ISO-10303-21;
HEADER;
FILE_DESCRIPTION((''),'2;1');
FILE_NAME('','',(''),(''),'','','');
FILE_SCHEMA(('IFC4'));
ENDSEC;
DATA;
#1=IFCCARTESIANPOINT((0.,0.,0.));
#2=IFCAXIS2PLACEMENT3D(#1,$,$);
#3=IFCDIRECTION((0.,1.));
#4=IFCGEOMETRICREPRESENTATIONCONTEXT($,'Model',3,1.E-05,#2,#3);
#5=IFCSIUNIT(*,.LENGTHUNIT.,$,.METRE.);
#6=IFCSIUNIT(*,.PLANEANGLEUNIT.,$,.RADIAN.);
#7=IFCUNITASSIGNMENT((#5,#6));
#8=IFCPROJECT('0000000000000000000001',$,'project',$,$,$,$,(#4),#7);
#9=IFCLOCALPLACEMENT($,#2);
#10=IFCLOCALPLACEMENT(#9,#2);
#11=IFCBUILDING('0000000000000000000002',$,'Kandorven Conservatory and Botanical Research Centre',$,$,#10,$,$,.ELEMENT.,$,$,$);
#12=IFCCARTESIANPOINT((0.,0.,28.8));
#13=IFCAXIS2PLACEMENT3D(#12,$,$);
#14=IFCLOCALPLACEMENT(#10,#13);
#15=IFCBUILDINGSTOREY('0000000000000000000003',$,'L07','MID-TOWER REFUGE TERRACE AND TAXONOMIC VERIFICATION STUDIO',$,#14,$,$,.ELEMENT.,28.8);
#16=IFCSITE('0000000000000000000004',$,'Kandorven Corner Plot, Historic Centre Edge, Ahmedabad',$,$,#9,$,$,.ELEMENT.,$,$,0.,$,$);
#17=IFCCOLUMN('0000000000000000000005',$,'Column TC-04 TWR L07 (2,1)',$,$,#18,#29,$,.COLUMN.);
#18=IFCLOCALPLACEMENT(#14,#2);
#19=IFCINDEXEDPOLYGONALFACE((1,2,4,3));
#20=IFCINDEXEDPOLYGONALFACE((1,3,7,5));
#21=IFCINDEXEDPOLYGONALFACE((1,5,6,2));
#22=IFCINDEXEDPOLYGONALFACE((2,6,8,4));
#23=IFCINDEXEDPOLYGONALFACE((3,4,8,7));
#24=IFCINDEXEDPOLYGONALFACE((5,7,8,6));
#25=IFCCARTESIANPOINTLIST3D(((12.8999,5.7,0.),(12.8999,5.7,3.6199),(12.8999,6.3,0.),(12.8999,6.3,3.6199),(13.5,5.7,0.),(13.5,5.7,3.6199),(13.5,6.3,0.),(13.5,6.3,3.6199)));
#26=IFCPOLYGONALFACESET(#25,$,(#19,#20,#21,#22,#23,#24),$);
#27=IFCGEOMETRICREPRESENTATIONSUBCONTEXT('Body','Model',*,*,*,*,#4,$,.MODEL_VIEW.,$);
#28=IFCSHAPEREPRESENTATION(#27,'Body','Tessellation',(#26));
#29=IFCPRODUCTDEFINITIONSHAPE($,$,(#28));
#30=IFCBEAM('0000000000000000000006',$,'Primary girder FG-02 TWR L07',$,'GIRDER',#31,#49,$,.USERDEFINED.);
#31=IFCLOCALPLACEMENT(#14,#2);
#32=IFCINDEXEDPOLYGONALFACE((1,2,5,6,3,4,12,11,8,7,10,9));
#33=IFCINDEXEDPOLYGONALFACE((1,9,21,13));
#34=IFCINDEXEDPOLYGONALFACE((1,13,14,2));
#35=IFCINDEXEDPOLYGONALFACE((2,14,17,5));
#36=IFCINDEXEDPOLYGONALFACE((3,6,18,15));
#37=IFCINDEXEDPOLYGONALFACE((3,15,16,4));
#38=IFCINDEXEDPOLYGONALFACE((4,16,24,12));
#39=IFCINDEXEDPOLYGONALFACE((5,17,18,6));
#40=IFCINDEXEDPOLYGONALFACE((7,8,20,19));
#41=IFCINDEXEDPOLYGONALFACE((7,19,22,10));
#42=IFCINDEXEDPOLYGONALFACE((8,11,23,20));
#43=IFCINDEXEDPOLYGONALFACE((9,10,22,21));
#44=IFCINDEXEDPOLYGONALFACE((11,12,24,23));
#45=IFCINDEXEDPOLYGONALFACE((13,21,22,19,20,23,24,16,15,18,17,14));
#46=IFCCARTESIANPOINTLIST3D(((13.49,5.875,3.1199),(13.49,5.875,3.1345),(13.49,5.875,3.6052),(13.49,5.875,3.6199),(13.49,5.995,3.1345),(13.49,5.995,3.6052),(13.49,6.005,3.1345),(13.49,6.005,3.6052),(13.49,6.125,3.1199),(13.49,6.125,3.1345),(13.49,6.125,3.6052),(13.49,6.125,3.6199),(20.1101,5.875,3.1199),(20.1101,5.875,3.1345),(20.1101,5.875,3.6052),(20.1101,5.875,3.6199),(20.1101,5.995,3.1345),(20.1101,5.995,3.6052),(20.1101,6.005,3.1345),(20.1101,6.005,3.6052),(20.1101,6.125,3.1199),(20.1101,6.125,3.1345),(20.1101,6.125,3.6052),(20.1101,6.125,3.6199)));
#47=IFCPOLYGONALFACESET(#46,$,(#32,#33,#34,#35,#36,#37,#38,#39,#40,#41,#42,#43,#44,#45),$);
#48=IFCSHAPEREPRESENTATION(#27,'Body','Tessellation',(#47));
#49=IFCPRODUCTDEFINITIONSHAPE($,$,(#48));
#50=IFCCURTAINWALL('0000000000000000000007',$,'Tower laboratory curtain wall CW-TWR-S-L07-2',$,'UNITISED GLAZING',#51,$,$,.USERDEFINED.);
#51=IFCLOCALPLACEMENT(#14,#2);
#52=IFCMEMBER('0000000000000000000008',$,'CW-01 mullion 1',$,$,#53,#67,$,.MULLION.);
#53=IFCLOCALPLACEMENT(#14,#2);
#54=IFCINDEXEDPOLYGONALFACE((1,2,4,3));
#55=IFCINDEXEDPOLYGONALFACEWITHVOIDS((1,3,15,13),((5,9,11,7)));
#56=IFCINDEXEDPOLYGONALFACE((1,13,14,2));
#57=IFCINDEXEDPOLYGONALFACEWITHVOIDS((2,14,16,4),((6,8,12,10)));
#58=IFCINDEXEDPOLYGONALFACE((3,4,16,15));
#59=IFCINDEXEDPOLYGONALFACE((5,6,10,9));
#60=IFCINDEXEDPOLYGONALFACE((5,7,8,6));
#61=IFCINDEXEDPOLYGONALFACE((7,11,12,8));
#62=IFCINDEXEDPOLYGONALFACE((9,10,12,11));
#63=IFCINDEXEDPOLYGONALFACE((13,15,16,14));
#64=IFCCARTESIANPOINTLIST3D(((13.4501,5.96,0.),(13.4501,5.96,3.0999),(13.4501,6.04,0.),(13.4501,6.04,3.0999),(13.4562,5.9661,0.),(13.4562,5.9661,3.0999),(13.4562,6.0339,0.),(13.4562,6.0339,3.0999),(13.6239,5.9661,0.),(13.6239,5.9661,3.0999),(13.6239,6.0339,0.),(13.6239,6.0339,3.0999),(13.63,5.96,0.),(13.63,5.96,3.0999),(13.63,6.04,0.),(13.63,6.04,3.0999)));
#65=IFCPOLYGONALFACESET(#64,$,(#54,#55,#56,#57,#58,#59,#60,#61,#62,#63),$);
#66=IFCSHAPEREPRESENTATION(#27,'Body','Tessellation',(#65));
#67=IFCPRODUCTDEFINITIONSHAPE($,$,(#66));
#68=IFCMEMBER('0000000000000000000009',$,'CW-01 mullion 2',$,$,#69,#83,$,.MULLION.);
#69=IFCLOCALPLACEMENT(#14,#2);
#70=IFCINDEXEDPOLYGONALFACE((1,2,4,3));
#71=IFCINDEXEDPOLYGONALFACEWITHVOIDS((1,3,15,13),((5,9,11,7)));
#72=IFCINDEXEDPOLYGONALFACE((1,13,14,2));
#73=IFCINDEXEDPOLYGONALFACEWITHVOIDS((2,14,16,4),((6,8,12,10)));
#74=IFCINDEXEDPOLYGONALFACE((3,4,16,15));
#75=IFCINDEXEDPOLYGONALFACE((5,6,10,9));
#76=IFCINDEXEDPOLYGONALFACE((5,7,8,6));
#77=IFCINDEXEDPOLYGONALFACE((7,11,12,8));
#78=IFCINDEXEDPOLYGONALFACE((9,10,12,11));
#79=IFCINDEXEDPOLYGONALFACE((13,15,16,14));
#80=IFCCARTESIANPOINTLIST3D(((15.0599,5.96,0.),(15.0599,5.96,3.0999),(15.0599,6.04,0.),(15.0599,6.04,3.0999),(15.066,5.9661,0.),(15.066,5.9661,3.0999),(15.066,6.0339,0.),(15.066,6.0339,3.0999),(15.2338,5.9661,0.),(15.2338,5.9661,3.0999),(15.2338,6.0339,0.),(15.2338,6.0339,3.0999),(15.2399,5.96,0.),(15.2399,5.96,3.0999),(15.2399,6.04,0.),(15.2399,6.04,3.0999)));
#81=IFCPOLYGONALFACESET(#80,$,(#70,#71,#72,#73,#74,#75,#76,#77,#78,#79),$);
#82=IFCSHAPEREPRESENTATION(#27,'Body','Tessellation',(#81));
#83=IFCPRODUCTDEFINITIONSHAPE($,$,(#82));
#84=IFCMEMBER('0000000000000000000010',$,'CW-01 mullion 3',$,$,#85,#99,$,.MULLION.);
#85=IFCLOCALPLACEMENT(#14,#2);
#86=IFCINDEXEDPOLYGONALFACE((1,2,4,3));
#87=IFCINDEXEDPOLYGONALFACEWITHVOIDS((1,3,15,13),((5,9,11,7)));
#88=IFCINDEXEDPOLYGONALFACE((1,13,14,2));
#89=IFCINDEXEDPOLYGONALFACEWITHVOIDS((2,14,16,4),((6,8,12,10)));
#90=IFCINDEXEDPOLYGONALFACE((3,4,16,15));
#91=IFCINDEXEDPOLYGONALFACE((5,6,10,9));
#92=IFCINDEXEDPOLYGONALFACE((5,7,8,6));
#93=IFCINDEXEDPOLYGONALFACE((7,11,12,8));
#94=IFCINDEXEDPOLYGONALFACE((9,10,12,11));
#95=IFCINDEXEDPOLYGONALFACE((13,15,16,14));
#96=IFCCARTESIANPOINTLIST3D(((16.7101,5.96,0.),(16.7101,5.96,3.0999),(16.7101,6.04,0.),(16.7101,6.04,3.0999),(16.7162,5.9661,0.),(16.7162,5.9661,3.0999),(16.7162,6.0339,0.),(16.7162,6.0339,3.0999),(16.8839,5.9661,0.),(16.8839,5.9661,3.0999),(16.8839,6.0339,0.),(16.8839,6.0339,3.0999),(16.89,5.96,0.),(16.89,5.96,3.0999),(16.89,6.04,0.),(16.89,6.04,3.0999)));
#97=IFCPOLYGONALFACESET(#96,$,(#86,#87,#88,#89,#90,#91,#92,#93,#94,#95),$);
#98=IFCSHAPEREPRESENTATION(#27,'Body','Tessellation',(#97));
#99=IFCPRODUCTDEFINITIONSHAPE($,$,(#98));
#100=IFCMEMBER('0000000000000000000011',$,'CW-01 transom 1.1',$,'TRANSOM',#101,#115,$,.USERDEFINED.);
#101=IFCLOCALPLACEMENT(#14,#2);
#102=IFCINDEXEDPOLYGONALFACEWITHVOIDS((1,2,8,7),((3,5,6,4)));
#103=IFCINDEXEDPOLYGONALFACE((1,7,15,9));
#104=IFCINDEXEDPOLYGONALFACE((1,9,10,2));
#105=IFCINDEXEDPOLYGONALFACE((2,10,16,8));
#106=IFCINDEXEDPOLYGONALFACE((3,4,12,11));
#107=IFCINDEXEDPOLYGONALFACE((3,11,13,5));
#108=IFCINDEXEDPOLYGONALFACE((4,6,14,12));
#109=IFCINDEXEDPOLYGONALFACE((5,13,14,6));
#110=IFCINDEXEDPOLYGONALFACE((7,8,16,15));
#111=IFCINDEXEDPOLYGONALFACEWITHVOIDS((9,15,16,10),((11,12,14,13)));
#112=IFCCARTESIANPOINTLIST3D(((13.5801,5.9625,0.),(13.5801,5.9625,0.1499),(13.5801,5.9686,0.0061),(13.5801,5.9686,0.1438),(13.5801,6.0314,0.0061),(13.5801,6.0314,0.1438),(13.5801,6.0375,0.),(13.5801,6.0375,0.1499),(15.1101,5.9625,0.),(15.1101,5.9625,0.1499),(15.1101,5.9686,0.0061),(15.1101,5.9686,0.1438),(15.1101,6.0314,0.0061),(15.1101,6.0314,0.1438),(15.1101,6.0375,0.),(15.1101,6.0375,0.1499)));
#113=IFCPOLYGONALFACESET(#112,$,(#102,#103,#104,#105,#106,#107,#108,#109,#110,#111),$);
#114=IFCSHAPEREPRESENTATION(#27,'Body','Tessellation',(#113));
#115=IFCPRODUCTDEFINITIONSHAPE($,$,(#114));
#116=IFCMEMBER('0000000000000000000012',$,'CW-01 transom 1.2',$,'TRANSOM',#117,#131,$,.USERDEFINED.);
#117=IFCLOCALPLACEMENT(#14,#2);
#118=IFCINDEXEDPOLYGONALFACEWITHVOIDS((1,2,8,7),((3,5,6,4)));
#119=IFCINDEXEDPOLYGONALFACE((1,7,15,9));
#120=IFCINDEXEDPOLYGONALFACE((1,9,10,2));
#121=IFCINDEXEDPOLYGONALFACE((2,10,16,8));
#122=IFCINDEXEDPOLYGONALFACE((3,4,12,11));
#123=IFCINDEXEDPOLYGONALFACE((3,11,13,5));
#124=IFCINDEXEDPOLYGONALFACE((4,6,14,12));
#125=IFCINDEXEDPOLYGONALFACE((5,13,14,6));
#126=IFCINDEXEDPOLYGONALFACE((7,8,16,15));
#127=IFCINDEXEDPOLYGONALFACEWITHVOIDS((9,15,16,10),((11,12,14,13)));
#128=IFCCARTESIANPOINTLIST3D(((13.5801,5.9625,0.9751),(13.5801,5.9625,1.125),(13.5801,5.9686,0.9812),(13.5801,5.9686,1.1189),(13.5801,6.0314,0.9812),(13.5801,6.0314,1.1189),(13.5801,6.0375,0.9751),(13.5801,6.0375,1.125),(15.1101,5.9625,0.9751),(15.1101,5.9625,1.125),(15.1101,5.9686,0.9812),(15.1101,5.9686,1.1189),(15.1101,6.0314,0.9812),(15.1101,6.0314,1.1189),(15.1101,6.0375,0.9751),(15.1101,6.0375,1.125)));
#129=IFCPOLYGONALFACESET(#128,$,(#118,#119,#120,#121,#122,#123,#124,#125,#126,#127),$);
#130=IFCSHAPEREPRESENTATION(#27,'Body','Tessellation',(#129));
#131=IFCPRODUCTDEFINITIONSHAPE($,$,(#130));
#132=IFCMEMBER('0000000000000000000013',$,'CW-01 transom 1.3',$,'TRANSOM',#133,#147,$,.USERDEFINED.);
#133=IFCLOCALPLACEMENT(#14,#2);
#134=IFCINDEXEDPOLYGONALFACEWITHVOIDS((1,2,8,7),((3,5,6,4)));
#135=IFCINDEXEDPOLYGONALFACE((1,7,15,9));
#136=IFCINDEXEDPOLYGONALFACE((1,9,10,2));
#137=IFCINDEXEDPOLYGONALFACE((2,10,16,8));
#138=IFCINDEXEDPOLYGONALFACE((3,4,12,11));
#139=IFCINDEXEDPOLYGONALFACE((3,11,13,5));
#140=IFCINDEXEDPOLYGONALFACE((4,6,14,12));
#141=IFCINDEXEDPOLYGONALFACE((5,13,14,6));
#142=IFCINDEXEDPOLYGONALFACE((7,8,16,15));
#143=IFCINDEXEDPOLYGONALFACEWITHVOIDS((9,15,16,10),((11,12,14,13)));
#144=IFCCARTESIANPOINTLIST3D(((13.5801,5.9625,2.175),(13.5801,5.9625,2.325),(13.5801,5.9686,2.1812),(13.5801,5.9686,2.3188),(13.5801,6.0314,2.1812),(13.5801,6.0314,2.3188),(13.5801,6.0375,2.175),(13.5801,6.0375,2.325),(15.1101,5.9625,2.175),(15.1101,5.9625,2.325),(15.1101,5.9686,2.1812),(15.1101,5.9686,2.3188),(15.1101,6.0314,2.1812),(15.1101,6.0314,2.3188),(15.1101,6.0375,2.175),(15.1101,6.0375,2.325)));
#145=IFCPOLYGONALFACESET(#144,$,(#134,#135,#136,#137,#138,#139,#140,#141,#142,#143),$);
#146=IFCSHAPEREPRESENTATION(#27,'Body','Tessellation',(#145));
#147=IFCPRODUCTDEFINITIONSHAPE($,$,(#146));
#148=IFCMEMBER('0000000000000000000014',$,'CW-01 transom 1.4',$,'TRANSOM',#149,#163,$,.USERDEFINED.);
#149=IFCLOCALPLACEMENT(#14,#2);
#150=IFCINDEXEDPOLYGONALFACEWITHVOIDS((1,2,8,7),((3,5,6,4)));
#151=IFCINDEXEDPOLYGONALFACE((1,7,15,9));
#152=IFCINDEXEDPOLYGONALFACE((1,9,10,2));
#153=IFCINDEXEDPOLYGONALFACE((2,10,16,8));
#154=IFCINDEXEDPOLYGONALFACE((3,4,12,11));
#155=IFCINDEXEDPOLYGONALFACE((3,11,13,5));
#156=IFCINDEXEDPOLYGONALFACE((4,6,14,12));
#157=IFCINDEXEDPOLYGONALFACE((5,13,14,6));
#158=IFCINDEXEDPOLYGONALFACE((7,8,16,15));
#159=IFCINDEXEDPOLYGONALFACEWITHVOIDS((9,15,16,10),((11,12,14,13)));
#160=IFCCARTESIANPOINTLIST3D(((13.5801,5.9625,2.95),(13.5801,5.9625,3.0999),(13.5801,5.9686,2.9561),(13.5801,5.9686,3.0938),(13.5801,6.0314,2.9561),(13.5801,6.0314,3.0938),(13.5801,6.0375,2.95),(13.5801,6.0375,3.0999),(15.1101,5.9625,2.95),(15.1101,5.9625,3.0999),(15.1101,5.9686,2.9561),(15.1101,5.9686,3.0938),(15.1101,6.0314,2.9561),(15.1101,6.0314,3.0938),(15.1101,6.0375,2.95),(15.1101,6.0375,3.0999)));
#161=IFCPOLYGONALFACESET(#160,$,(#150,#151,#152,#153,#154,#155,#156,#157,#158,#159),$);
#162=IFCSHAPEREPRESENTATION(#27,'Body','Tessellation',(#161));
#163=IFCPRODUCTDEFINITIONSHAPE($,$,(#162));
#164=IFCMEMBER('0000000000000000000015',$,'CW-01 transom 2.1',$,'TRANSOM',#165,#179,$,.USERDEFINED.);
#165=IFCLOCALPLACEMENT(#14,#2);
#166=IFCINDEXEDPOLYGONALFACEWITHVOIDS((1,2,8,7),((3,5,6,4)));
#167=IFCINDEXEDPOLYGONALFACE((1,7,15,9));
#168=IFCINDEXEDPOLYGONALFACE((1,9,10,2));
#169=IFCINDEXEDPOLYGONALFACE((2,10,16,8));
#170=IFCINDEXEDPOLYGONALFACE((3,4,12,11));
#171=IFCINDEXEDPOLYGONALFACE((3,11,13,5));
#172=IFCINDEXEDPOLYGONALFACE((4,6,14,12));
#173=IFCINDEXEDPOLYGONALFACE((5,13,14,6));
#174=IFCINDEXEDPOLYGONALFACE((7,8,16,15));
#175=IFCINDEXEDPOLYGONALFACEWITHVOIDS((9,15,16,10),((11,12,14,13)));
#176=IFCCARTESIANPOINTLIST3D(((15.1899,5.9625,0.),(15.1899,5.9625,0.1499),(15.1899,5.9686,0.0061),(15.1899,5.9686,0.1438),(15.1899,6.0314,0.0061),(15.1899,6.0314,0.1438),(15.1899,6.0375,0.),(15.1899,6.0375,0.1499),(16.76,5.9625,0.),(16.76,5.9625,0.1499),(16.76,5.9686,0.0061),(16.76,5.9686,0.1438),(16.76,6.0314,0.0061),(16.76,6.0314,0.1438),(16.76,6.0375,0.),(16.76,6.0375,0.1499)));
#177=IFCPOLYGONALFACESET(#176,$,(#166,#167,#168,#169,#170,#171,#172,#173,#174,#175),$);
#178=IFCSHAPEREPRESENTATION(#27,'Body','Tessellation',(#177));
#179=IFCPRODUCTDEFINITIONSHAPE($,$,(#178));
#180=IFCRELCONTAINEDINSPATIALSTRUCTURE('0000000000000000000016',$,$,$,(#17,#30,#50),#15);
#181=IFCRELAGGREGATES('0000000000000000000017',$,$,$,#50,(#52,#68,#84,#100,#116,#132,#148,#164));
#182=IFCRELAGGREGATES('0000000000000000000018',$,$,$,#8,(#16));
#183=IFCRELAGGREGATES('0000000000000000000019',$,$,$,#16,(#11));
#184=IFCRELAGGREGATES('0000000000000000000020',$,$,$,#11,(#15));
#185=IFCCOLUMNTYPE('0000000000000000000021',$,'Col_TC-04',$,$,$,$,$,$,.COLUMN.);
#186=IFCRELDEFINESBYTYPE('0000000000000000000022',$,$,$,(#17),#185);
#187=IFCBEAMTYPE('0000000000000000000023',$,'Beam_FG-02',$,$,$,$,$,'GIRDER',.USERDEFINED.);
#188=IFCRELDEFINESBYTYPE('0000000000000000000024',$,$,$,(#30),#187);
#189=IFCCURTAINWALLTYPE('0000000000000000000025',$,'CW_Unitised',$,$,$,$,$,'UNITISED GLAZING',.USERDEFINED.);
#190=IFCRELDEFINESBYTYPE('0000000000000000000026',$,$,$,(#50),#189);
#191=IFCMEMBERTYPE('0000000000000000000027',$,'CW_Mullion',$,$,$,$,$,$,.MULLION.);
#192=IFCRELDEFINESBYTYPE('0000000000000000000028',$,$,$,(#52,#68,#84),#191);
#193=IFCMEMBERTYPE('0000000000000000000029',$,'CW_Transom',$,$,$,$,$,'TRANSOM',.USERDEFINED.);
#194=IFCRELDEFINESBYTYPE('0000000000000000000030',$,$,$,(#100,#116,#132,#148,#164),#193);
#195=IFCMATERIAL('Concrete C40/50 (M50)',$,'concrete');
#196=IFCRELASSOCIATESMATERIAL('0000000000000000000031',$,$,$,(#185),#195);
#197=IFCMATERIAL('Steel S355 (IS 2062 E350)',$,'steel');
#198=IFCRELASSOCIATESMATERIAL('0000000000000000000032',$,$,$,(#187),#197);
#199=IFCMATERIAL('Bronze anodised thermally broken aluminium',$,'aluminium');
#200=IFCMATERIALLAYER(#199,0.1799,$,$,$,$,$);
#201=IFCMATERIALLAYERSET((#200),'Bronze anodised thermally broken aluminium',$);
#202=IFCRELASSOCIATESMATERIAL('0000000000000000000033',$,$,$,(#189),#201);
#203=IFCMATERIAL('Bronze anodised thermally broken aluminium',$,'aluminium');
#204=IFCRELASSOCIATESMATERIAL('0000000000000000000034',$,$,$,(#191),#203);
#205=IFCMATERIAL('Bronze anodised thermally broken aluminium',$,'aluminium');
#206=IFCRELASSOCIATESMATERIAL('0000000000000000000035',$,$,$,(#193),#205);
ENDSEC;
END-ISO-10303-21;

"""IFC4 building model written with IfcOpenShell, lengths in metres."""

from ifc_helpers import new_model, si_unit, direction, frame, origin, origin_2d, place, context, subcontext, project, spatial, rectangle, hollow_rectangle, i_section, extrude, material, layer, layer_set, material_profile, profile_set, type_object, element, aggregate, save


model = new_model("IFC4")

# Units and contexts
model_context = context("Model", 3, precision=1e-05, world=origin(), true_north=direction((0.0, 1.0)))
body_context = subcontext(model_context, "Body", "Model", "MODEL_VIEW")
ifc_project = project(units=[si_unit("LENGTHUNIT", "METRE"), si_unit("PLANEANGLEUNIT", "RADIAN")], contexts=[model_context])

# Site, building, storey
site_placement = place(None, origin())
site = spatial("IfcSite", under=ifc_project, at=site_placement, Name="Kandorven Corner Plot, Historic Centre Edge, Ahmedabad", CompositionType="ELEMENT", RefElevation=0.0)
building_placement = place(site_placement, origin())
building = spatial("IfcBuilding", under=site, at=building_placement, Name="Kandorven Conservatory and Botanical Research Centre", CompositionType="ELEMENT")
storey_placement = place(building_placement, frame((0.0, 0.0, 28.8)))
storey = spatial("IfcBuildingStorey", under=building, at=storey_placement, Name="L07", Description="MID-TOWER REFUGE TERRACE AND TAXONOMIC VERIFICATION STUDIO", CompositionType="ELEMENT", Elevation=28.8)

# Column
ifc_material_1 = material(Name="Concrete C40/50 (M50)", Category="concrete")
ifc_material_profile_1 = material_profile(ifc_material_1, rectangle(XDim=0.6001, YDim=0.6001, at=origin_2d()))
ifc_profile_set_1 = profile_set([ifc_material_profile_1], Name="Concrete C40/50 (M50)")
column_type = type_object("IfcColumnType", Name="Col_TC-04", PredefinedType="COLUMN", material=ifc_profile_set_1)
column_placement = place(storey_placement, frame((13.2, 6.0, 0.0), z_axis=(0.0, 0.0, 1.0), x_axis=(1.0, 0.0, 0.0)))
element("IfcColumn", 1, at=column_placement, inside=storey, type_object=column_type, Name="Column TC-04 TWR L07 (2,1)", PredefinedType="COLUMN", context=body_context, shape_type="SweptSolid", body=[
    extrude(rectangle(XDim=0.6001, YDim=0.6001, at=origin_2d()), origin(), (0.0, 0.0, 1.0), 3.6199),
])

# Beam
ifc_material_2 = material(Name="Steel S355 (IS 2062 E350)", Category="steel")
ifc_material_profile_2 = material_profile(ifc_material_2, i_section(OverallWidth=0.25, OverallDepth=0.5, WebThickness=0.01, FlangeThickness=0.0146, at=origin_2d()))
ifc_profile_set_2 = profile_set([ifc_material_profile_2], Name="Steel S355 (IS 2062 E350)")
beam_type = type_object("IfcBeamType", Name="Beam_FG-02", ElementType="GIRDER", PredefinedType="USERDEFINED", material=ifc_profile_set_2)
beam_placement = place(storey_placement, frame((13.49, 6.0, 3.3699), z_axis=(1.0, 0.0, 0.0), x_axis=(0.0, 1.0, 0.0)))
element("IfcBeam", 2, at=beam_placement, inside=storey, type_object=beam_type, Name="Primary girder FG-02 TWR L07", ObjectType="GIRDER", PredefinedType="USERDEFINED", context=body_context, shape_type="SweptSolid", body=[
    extrude(i_section(OverallWidth=0.25, OverallDepth=0.5, WebThickness=0.01, FlangeThickness=0.0146, at=origin_2d()), origin(), (0.0, 0.0, 1.0), 6.6201),
])

# Curtain wall, members
ifc_material_3 = material(Name="Bronze anodised thermally broken aluminium", Category="aluminium")
ifc_layer_1 = layer(ifc_material_3, 0.1799)
ifc_layer_set_1 = layer_set([ifc_layer_1], Name="Bronze anodised thermally broken aluminium")
curtain_wall_type = type_object("IfcCurtainWallType", Name="CW_Unitised", ElementType="UNITISED GLAZING", PredefinedType="USERDEFINED", material=ifc_layer_set_1)
curtain_wall_placement = place(storey_placement, origin())
curtain_wall = element("IfcCurtainWall", 3, at=curtain_wall_placement, inside=storey, type_object=curtain_wall_type, Name="Tower laboratory curtain wall CW-TWR-S-L07-2", ObjectType="UNITISED GLAZING", PredefinedType="USERDEFINED")
ifc_material_4 = material(Name="Bronze anodised thermally broken aluminium", Category="aluminium")
ifc_material_profile_3 = material_profile(ifc_material_4, hollow_rectangle(XDim=0.0801, YDim=0.1799, WallThickness=0.0061, at=origin_2d()))
ifc_profile_set_3 = profile_set([ifc_material_profile_3], Name="Bronze anodised thermally broken aluminium")
member_type_1 = type_object("IfcMemberType", Name="CW_Mullion", PredefinedType="MULLION", material=ifc_profile_set_3)
member_1_placement = place(storey_placement, frame((13.54, 6.0, 0.0), z_axis=(0.0, 0.0, 1.0), x_axis=(0.0, 1.0, 0.0)))
member_1 = element("IfcMember", 4, at=member_1_placement, type_object=member_type_1, Name="CW-01 mullion 1", PredefinedType="MULLION", context=body_context, shape_type="SweptSolid", body=[
    extrude(hollow_rectangle(XDim=0.0801, YDim=0.1799, WallThickness=0.0061, at=origin_2d()), origin(), (0.0, 0.0, 1.0), 3.0999),
])
member_2_placement = place(storey_placement, frame((15.1499, 6.0, 0.0), z_axis=(0.0, 0.0, 1.0), x_axis=(0.0, 1.0, 0.0)))
member_2 = element("IfcMember", 5, at=member_2_placement, type_object=member_type_1, Name="CW-01 mullion 2", PredefinedType="MULLION", context=body_context, shape_type="SweptSolid", body=[
    extrude(hollow_rectangle(XDim=0.0801, YDim=0.1799, WallThickness=0.0061, at=origin_2d()), origin(), (0.0, 0.0, 1.0), 3.0999),
])
member_3_placement = place(storey_placement, frame((16.8, 6.0, 0.0), z_axis=(0.0, 0.0, 1.0), x_axis=(0.0, 1.0, 0.0)))
member_3 = element("IfcMember", 6, at=member_3_placement, type_object=member_type_1, Name="CW-01 mullion 3", PredefinedType="MULLION", context=body_context, shape_type="SweptSolid", body=[
    extrude(hollow_rectangle(XDim=0.0801, YDim=0.1799, WallThickness=0.0061, at=origin_2d()), origin(), (0.0, 0.0, 1.0), 3.0999),
])
ifc_material_5 = material(Name="Bronze anodised thermally broken aluminium", Category="aluminium")
ifc_material_profile_4 = material_profile(ifc_material_5, hollow_rectangle(XDim=0.075, YDim=0.1499, WallThickness=0.0061, at=origin_2d()))
ifc_profile_set_4 = profile_set([ifc_material_profile_4], Name="Bronze anodised thermally broken aluminium")
member_type_2 = type_object("IfcMemberType", Name="CW_Transom", ElementType="TRANSOM", PredefinedType="USERDEFINED", material=ifc_profile_set_4)
member_4_placement = place(storey_placement, frame((13.5801, 6.0, 0.075), z_axis=(1.0, 0.0, 0.0), x_axis=(0.0, 1.0, 0.0)))
member_4 = element("IfcMember", 7, at=member_4_placement, type_object=member_type_2, Name="CW-01 transom 1.1", ObjectType="TRANSOM", PredefinedType="USERDEFINED", context=body_context, shape_type="SweptSolid", body=[
    extrude(hollow_rectangle(XDim=0.075, YDim=0.1499, WallThickness=0.0061, at=origin_2d()), origin(), (0.0, 0.0, 1.0), 1.53),
])
member_5_placement = place(storey_placement, frame((13.5801, 6.0, 1.05), z_axis=(1.0, 0.0, 0.0), x_axis=(0.0, 1.0, 0.0)))
member_5 = element("IfcMember", 8, at=member_5_placement, type_object=member_type_2, Name="CW-01 transom 1.2", ObjectType="TRANSOM", PredefinedType="USERDEFINED", context=body_context, shape_type="SweptSolid", body=[
    extrude(hollow_rectangle(XDim=0.075, YDim=0.1499, WallThickness=0.0061, at=origin_2d()), origin(), (0.0, 0.0, 1.0), 1.53),
])
member_6_placement = place(storey_placement, frame((13.5801, 6.0, 2.25), z_axis=(1.0, 0.0, 0.0), x_axis=(0.0, 1.0, 0.0)))
member_6 = element("IfcMember", 9, at=member_6_placement, type_object=member_type_2, Name="CW-01 transom 1.3", ObjectType="TRANSOM", PredefinedType="USERDEFINED", context=body_context, shape_type="SweptSolid", body=[
    extrude(hollow_rectangle(XDim=0.075, YDim=0.1499, WallThickness=0.0061, at=origin_2d()), origin(), (0.0, 0.0, 1.0), 1.53),
])
member_7_placement = place(storey_placement, frame((13.5801, 6.0, 3.0249), z_axis=(1.0, 0.0, 0.0), x_axis=(0.0, 1.0, 0.0)))
member_7 = element("IfcMember", 10, at=member_7_placement, type_object=member_type_2, Name="CW-01 transom 1.4", ObjectType="TRANSOM", PredefinedType="USERDEFINED", context=body_context, shape_type="SweptSolid", body=[
    extrude(hollow_rectangle(XDim=0.075, YDim=0.1499, WallThickness=0.0061, at=origin_2d()), origin(), (0.0, 0.0, 1.0), 1.53),
])
member_8_placement = place(storey_placement, frame((15.1899, 6.0, 0.075), z_axis=(1.0, 0.0, 0.0), x_axis=(0.0, 1.0, 0.0)))
member_8 = element("IfcMember", 11, at=member_8_placement, type_object=member_type_2, Name="CW-01 transom 2.1", ObjectType="TRANSOM", PredefinedType="USERDEFINED", context=body_context, shape_type="SweptSolid", body=[
    extrude(hollow_rectangle(XDim=0.075, YDim=0.1499, WallThickness=0.0061, at=origin_2d()), origin(), (0.0, 0.0, 1.0), 1.5701),
])

aggregate(curtain_wall, [member_1, member_2, member_3, member_4, member_5, member_6, member_7, member_8])

save(model, "model.ifc")
